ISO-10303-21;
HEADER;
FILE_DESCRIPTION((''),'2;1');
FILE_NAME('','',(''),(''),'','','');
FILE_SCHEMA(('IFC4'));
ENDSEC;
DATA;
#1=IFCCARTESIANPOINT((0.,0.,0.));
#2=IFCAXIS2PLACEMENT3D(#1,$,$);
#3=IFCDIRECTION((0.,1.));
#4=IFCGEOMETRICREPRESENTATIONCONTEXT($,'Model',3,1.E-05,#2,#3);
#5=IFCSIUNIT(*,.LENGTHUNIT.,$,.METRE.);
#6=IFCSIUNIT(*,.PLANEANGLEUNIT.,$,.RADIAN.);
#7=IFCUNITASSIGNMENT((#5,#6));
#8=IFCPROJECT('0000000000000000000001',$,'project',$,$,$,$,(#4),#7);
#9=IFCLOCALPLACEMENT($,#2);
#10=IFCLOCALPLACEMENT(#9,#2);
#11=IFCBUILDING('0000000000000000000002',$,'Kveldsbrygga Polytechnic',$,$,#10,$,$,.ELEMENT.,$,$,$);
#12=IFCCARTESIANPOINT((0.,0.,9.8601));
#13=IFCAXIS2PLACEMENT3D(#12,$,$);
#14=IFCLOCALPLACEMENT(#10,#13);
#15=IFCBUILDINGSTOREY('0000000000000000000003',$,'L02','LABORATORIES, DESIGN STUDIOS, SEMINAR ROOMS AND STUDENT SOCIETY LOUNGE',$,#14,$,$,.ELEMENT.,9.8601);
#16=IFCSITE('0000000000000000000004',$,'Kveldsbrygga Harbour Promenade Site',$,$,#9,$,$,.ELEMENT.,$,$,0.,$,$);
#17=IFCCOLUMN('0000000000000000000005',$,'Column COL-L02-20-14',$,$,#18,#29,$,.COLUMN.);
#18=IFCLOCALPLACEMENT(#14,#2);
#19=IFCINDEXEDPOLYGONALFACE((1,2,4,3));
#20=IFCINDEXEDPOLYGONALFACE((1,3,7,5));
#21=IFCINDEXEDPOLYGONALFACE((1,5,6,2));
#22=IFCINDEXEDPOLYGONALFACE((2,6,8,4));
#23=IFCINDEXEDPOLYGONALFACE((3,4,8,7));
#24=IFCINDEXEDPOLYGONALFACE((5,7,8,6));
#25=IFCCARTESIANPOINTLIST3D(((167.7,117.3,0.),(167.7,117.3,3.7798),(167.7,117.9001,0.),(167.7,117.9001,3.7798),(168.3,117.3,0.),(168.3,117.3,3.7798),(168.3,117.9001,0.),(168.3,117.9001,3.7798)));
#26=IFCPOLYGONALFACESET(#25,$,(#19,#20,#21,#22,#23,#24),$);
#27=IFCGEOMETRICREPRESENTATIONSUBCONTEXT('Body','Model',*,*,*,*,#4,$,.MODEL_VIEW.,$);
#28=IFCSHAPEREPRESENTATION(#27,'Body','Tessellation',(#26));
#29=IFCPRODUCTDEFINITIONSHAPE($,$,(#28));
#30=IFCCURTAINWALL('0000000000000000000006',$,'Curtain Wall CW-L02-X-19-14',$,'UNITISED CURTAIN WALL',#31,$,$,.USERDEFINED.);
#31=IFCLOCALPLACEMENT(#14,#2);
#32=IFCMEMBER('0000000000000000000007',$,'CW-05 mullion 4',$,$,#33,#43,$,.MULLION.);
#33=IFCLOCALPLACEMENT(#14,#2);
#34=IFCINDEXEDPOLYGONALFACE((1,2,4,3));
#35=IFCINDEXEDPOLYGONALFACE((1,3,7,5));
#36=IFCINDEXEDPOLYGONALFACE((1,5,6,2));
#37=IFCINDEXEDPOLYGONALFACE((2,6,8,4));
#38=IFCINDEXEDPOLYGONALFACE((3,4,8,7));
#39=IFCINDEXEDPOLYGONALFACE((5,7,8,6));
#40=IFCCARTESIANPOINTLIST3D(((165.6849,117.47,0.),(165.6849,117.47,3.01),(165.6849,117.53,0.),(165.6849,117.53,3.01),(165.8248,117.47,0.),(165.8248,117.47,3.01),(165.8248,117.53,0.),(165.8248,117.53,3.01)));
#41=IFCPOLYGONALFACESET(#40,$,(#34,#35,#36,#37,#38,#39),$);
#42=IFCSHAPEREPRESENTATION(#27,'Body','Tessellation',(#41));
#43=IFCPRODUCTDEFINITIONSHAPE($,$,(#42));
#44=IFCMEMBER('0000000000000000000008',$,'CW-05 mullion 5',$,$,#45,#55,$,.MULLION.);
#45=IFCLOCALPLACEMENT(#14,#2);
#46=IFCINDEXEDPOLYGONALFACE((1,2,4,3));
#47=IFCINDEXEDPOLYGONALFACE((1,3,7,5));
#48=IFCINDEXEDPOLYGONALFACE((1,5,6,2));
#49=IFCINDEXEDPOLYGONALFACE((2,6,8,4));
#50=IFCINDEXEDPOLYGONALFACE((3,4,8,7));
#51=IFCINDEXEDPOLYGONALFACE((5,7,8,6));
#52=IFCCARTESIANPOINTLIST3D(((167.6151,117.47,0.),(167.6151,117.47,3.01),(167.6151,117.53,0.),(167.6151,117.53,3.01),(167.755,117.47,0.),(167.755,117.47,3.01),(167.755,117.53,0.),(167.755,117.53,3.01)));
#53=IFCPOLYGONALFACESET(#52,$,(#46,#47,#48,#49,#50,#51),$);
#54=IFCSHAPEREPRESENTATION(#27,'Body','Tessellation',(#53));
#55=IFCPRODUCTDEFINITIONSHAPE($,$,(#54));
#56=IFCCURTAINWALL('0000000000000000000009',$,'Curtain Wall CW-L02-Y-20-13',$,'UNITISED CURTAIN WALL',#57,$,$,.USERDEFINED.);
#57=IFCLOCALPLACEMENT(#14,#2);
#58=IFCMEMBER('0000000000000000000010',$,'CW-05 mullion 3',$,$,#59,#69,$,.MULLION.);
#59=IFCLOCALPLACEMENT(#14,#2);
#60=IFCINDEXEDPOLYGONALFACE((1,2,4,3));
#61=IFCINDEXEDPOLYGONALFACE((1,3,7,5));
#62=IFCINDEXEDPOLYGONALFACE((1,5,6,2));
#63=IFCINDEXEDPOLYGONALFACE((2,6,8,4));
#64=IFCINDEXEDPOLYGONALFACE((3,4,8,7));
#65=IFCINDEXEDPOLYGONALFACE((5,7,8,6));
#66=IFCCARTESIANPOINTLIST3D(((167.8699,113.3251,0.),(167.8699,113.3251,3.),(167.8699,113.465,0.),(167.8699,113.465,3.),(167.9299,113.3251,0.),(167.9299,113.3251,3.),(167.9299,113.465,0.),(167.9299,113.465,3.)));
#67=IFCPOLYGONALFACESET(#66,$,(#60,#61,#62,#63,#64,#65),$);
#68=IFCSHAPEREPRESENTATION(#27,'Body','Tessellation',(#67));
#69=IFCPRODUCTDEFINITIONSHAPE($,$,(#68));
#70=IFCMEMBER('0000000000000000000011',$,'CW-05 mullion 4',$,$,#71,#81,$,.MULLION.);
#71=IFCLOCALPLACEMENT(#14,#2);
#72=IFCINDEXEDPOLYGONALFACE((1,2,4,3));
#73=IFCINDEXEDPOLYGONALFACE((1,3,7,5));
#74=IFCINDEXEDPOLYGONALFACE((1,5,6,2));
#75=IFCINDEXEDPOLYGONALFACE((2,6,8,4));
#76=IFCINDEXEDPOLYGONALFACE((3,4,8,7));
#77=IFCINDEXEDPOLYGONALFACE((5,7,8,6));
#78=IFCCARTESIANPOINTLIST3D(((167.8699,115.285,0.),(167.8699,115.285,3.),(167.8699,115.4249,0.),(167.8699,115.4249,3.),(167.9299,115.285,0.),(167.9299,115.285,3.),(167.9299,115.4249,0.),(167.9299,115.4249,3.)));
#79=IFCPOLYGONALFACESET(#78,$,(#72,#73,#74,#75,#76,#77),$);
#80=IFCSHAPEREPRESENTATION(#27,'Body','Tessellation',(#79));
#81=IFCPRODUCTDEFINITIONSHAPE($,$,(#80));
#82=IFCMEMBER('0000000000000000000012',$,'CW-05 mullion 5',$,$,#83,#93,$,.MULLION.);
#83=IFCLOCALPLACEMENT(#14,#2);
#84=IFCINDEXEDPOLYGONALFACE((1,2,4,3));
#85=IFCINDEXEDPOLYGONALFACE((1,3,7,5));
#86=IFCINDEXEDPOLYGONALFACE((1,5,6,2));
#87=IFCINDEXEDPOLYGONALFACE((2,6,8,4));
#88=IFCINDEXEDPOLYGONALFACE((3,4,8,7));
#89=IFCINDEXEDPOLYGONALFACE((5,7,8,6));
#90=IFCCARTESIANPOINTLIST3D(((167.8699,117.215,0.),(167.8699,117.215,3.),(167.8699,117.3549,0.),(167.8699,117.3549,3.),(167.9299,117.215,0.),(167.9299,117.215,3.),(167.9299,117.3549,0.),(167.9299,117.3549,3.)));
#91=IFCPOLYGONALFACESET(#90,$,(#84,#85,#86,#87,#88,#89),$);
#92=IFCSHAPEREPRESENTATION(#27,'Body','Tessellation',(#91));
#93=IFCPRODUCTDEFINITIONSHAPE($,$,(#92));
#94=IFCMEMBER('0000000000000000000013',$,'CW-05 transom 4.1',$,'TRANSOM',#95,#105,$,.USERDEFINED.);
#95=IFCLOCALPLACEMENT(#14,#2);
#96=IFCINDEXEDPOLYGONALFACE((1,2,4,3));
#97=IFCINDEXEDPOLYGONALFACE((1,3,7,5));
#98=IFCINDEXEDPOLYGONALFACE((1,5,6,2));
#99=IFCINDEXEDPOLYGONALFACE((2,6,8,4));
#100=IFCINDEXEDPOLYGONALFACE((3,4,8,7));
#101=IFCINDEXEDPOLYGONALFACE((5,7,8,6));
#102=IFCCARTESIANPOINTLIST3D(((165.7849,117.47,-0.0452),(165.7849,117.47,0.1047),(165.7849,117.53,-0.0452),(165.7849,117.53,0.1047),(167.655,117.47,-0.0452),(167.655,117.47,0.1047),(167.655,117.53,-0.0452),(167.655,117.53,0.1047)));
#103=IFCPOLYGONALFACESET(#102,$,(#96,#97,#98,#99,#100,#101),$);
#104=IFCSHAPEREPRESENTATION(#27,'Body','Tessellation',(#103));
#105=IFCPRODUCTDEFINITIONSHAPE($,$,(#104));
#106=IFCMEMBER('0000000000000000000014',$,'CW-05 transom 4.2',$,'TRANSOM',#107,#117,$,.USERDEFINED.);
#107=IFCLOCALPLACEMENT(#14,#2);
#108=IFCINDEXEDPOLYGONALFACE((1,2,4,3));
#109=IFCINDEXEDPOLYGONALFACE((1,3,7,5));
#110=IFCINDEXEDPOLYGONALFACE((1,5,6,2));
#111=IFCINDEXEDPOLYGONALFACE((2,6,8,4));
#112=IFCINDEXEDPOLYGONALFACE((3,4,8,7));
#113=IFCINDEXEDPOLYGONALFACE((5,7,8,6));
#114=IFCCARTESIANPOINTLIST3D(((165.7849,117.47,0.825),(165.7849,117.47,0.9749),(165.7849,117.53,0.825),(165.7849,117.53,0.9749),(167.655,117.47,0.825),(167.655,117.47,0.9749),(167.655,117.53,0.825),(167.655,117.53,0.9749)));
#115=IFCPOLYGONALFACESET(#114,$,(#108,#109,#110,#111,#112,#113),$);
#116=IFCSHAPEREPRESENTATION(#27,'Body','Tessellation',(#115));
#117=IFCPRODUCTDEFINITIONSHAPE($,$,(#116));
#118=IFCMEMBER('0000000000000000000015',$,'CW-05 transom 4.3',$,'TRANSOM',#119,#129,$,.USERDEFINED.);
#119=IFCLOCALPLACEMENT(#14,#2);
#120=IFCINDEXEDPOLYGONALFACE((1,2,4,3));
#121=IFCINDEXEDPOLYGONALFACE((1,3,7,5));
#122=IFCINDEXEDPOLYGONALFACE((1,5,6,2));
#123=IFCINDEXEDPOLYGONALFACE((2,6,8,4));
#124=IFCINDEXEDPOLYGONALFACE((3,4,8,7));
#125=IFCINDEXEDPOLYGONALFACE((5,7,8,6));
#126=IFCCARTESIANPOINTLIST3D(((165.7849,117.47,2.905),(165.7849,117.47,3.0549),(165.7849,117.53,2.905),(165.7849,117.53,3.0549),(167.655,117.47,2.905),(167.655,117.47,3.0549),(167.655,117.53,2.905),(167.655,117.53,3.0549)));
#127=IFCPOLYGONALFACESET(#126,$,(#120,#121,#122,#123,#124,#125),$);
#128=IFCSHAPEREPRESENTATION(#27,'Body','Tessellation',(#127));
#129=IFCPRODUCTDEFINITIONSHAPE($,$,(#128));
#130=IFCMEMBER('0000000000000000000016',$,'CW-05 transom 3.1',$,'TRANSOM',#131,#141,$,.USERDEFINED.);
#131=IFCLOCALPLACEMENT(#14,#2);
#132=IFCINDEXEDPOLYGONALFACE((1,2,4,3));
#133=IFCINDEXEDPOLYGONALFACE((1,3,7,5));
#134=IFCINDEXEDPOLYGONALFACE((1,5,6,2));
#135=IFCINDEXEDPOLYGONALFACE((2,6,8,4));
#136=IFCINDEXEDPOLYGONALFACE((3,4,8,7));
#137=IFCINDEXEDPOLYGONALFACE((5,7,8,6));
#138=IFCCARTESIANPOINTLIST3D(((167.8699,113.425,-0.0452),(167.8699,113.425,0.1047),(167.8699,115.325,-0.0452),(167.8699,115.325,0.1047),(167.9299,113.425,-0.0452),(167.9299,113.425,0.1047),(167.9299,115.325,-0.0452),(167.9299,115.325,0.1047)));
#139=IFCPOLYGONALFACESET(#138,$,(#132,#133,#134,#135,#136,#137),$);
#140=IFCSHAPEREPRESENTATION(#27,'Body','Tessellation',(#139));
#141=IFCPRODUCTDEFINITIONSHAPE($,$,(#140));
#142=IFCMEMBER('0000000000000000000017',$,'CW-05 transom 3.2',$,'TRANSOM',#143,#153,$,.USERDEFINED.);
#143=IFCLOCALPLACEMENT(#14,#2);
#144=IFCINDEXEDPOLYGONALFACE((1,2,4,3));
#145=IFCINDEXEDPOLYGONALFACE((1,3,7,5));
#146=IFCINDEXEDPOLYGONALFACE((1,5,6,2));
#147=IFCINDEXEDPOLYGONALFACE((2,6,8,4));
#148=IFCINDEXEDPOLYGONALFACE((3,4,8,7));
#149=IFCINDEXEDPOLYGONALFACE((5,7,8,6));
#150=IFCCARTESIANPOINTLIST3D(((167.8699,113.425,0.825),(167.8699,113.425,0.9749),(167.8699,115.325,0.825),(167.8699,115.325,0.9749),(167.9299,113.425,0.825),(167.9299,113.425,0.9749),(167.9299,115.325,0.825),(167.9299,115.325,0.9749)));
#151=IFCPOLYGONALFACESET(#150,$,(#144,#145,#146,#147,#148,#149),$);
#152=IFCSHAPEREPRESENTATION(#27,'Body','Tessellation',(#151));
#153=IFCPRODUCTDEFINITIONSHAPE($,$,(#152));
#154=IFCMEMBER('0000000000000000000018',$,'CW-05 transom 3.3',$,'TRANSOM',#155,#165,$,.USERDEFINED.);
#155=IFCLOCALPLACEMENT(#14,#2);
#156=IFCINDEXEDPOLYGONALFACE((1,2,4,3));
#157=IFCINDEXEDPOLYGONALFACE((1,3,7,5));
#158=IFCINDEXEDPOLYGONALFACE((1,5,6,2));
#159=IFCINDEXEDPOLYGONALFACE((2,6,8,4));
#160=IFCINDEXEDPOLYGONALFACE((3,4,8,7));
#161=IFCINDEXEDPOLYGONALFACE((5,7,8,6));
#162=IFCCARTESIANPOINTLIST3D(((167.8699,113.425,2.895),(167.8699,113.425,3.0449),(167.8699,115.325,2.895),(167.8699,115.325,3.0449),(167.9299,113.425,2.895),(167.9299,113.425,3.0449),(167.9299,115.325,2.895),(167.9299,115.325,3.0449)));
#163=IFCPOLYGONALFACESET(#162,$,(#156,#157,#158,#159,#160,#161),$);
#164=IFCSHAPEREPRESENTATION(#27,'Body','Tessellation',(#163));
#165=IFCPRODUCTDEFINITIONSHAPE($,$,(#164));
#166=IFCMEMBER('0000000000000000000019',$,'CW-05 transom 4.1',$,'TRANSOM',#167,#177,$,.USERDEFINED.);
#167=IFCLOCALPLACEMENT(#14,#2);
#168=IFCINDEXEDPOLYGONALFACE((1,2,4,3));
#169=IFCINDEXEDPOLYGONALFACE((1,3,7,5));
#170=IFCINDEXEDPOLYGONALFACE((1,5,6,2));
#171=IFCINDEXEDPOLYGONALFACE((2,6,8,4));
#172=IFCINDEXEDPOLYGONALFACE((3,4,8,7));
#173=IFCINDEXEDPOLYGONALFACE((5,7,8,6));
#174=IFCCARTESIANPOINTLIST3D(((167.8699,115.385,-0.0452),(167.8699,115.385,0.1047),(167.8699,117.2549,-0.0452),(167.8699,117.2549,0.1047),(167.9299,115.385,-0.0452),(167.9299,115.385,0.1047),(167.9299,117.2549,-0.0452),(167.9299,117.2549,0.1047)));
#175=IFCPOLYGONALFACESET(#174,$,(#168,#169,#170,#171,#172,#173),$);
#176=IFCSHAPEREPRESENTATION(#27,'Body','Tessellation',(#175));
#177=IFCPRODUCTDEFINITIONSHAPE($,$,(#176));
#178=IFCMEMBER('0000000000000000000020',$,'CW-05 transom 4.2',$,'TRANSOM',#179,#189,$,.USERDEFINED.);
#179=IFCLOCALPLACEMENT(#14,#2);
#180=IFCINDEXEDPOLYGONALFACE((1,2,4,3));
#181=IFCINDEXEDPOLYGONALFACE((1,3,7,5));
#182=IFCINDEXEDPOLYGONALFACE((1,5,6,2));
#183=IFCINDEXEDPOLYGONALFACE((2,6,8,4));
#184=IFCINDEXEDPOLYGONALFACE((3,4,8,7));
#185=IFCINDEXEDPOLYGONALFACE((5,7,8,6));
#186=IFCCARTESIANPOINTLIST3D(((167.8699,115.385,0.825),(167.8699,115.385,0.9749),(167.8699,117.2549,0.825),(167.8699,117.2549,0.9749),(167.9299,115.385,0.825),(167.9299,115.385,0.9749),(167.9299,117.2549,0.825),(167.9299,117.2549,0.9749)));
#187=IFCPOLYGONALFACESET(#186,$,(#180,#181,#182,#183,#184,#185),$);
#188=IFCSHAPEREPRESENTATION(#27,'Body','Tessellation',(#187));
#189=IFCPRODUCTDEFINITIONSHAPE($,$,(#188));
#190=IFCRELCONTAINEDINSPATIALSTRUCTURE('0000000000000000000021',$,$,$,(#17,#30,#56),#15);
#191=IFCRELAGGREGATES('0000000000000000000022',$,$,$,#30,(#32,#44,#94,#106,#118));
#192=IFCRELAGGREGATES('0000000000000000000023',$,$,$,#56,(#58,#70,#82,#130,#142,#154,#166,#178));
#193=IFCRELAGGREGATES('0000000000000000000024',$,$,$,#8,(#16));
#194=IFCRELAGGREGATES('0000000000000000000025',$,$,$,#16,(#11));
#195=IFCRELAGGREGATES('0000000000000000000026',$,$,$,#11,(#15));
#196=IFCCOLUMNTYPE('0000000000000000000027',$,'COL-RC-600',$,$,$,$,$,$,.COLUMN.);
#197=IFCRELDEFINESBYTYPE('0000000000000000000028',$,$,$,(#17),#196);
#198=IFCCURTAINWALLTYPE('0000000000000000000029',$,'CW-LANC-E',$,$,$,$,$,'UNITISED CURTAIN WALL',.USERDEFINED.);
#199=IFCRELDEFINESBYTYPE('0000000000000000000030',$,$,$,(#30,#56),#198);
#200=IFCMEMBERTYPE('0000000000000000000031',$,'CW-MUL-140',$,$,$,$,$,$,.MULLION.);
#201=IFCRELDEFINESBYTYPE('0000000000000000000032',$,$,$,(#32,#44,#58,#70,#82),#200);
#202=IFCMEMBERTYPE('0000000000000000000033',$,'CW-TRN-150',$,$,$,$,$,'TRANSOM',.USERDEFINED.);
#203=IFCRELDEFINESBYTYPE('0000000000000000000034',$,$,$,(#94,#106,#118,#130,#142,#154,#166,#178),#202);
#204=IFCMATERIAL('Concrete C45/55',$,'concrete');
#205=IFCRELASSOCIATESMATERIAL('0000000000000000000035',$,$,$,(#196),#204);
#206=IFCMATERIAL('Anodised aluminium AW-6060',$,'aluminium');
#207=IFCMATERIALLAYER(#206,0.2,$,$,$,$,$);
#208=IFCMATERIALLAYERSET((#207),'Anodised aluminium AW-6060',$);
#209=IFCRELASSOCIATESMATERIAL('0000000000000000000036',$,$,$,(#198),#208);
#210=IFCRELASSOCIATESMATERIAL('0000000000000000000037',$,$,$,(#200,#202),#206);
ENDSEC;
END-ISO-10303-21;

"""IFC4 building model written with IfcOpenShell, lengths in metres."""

from ifc_helpers import new_model, si_unit, direction, frame, origin, origin_2d, place, context, subcontext, project, spatial, rectangle, extrude, material, layer, layer_set, material_profile, profile_set, type_object, element, aggregate, save


model = new_model("IFC4")

# Units and contexts
model_context = context("Model", 3, precision=1e-05, world=origin(), true_north=direction((0.0, 1.0)))
body_context = subcontext(model_context, "Body", "Model", "MODEL_VIEW")
ifc_project = project(units=[si_unit("LENGTHUNIT", "METRE"), si_unit("PLANEANGLEUNIT", "RADIAN")], contexts=[model_context])

# Site, building, storey
site_placement = place(None, origin())
site = spatial("IfcSite", under=ifc_project, at=site_placement, Name="Kveldsbrygga Harbour Promenade Site", CompositionType="ELEMENT", RefElevation=0.0)
building_placement = place(site_placement, origin())
building = spatial("IfcBuilding", under=site, at=building_placement, Name="Kveldsbrygga Polytechnic", CompositionType="ELEMENT")
storey_placement = place(building_placement, frame((0.0, 0.0, 9.8601)))
storey = spatial("IfcBuildingStorey", under=building, at=storey_placement, Name="L02", Description="LABORATORIES, DESIGN STUDIOS, SEMINAR ROOMS AND STUDENT SOCIETY LOUNGE", CompositionType="ELEMENT", Elevation=9.8601)

# Column
ifc_material_1 = material(Name="Concrete C45/55", Category="concrete")
ifc_material_profile_1 = material_profile(ifc_material_1, rectangle(XDim=0.6001, YDim=0.6001, at=origin_2d()), Name="RC 600x600")
ifc_profile_set_1 = profile_set([ifc_material_profile_1], Name="Concrete C45/55")
column_type = type_object("IfcColumnType", Name="COL-RC-600", PredefinedType="COLUMN", material=ifc_profile_set_1)
column_placement = place(storey_placement, frame((168.0, 117.6001, 0.0), z_axis=(0.0, 0.0, 1.0), x_axis=(1.0, 0.0, 0.0)))
element("IfcColumn", 1, at=column_placement, inside=storey, type_object=column_type, Name="Column COL-L02-20-14", PredefinedType="COLUMN", context=body_context, shape_type="SweptSolid", body=[
    extrude(rectangle(XDim=0.6001, YDim=0.6001, at=origin_2d()), origin(), (0.0, 0.0, 1.0), 3.7798),
])

# Curtain walls, members
ifc_material_2 = material(Name="Anodised aluminium AW-6060", Category="aluminium")
ifc_layer_1 = layer(ifc_material_2, 0.2)
ifc_layer_set_1 = layer_set([ifc_layer_1], Name="Anodised aluminium AW-6060")
curtain_wall_type = type_object("IfcCurtainWallType", Name="CW-LANC-E", ElementType="UNITISED CURTAIN WALL", PredefinedType="USERDEFINED", material=ifc_layer_set_1)
curtain_wall_1_placement = place(storey_placement, origin())
curtain_wall_1 = element("IfcCurtainWall", 2, at=curtain_wall_1_placement, inside=storey, type_object=curtain_wall_type, Name="Curtain Wall CW-L02-X-19-14", ObjectType="UNITISED CURTAIN WALL", PredefinedType="USERDEFINED")
ifc_material_profile_2 = material_profile(ifc_material_2, rectangle(XDim=0.0601, YDim=0.1399, at=origin_2d()), Name="ALU 60x140")
ifc_profile_set_2 = profile_set([ifc_material_profile_2], Name="Anodised aluminium AW-6060")
member_type_1 = type_object("IfcMemberType", Name="CW-MUL-140", PredefinedType="MULLION", material=ifc_profile_set_2)
member_1_placement = place(storey_placement, frame((165.7549, 117.5, 0.0), z_axis=(0.0, 0.0, 1.0), x_axis=(0.0, 1.0, 0.0)))
member_1 = element("IfcMember", 3, at=member_1_placement, type_object=member_type_1, Name="CW-05 mullion 4", PredefinedType="MULLION", context=body_context, shape_type="SweptSolid", body=[
    extrude(rectangle(XDim=0.0601, YDim=0.1399, at=origin_2d()), origin(), (0.0, 0.0, 1.0), 3.01),
])
member_2_placement = place(storey_placement, frame((167.6851, 117.5, 0.0), z_axis=(0.0, 0.0, 1.0), x_axis=(0.0, 1.0, 0.0)))
member_2 = element("IfcMember", 4, at=member_2_placement, type_object=member_type_1, Name="CW-05 mullion 5", PredefinedType="MULLION", context=body_context, shape_type="SweptSolid", body=[
    extrude(rectangle(XDim=0.0601, YDim=0.1399, at=origin_2d()), origin(), (0.0, 0.0, 1.0), 3.01),
])
curtain_wall_2_placement = place(storey_placement, origin())
curtain_wall_2 = element("IfcCurtainWall", 5, at=curtain_wall_2_placement, inside=storey, type_object=curtain_wall_type, Name="Curtain Wall CW-L02-Y-20-13", ObjectType="UNITISED CURTAIN WALL", PredefinedType="USERDEFINED")
member_3_placement = place(storey_placement, frame((167.8999, 113.395, 0.0), z_axis=(0.0, 0.0, 1.0), x_axis=(-1.0, 0.0, 0.0)))
member_3 = element("IfcMember", 6, at=member_3_placement, type_object=member_type_1, Name="CW-05 mullion 3", PredefinedType="MULLION", context=body_context, shape_type="SweptSolid", body=[
    extrude(rectangle(XDim=0.0601, YDim=0.1399, at=origin_2d()), origin(), (0.0, 0.0, 1.0), 3.0),
])
member_4_placement = place(storey_placement, frame((167.8999, 115.355, 0.0), z_axis=(0.0, 0.0, 1.0), x_axis=(-1.0, 0.0, 0.0)))
member_4 = element("IfcMember", 7, at=member_4_placement, type_object=member_type_1, Name="CW-05 mullion 4", PredefinedType="MULLION", context=body_context, shape_type="SweptSolid", body=[
    extrude(rectangle(XDim=0.0601, YDim=0.1399, at=origin_2d()), origin(), (0.0, 0.0, 1.0), 3.0),
])
member_5_placement = place(storey_placement, frame((167.8999, 117.2849, 0.0), z_axis=(0.0, 0.0, 1.0), x_axis=(-1.0, 0.0, 0.0)))
member_5 = element("IfcMember", 8, at=member_5_placement, type_object=member_type_1, Name="CW-05 mullion 5", PredefinedType="MULLION", context=body_context, shape_type="SweptSolid", body=[
    extrude(rectangle(XDim=0.0601, YDim=0.1399, at=origin_2d()), origin(), (0.0, 0.0, 1.0), 3.0),
])

# Members
ifc_material_profile_3 = material_profile(ifc_material_2, rectangle(XDim=0.0601, YDim=0.1499, at=origin_2d()), Name="ALU 60x150")
ifc_profile_set_3 = profile_set([ifc_material_profile_3], Name="Anodised aluminium AW-6060")
member_type_2 = type_object("IfcMemberType", Name="CW-TRN-150", ElementType="TRANSOM", PredefinedType="USERDEFINED", material=ifc_profile_set_3)
member_6_placement = place(storey_placement, frame((165.7849, 117.5, 0.0298), z_axis=(1.0, 0.0, 0.0), x_axis=(0.0, 1.0, 0.0)))
member_6 = element("IfcMember", 9, at=member_6_placement, type_object=member_type_2, Name="CW-05 transom 4.1", ObjectType="TRANSOM", PredefinedType="USERDEFINED", context=body_context, shape_type="SweptSolid", body=[
    extrude(rectangle(XDim=0.0601, YDim=0.1499, at=origin_2d()), origin(), (0.0, 0.0, 1.0), 1.8701),
])
member_7_placement = place(storey_placement, frame((165.7849, 117.5, 0.8999), z_axis=(1.0, 0.0, 0.0), x_axis=(0.0, 1.0, 0.0)))
member_7 = element("IfcMember", 10, at=member_7_placement, type_object=member_type_2, Name="CW-05 transom 4.2", ObjectType="TRANSOM", PredefinedType="USERDEFINED", context=body_context, shape_type="SweptSolid", body=[
    extrude(rectangle(XDim=0.0601, YDim=0.1499, at=origin_2d()), origin(), (0.0, 0.0, 1.0), 1.8701),
])
member_8_placement = place(storey_placement, frame((165.7849, 117.5, 2.98), z_axis=(1.0, 0.0, 0.0), x_axis=(0.0, 1.0, 0.0)))
member_8 = element("IfcMember", 11, at=member_8_placement, type_object=member_type_2, Name="CW-05 transom 4.3", ObjectType="TRANSOM", PredefinedType="USERDEFINED", context=body_context, shape_type="SweptSolid", body=[
    extrude(rectangle(XDim=0.0601, YDim=0.1499, at=origin_2d()), origin(), (0.0, 0.0, 1.0), 1.8701),
])
member_9_placement = place(storey_placement, frame((167.8999, 113.425, 0.0298), z_axis=(0.0, 1.0, 0.0), x_axis=(-1.0, 0.0, 0.0)))
member_9 = element("IfcMember", 12, at=member_9_placement, type_object=member_type_2, Name="CW-05 transom 3.1", ObjectType="TRANSOM", PredefinedType="USERDEFINED", context=body_context, shape_type="SweptSolid", body=[
    extrude(rectangle(XDim=0.0601, YDim=0.1499, at=origin_2d()), origin(), (0.0, 0.0, 1.0), 1.8999),
])
member_10_placement = place(storey_placement, frame((167.8999, 113.425, 0.8999), z_axis=(0.0, 1.0, 0.0), x_axis=(-1.0, 0.0, 0.0)))
member_10 = element("IfcMember", 13, at=member_10_placement, type_object=member_type_2, Name="CW-05 transom 3.2", ObjectType="TRANSOM", PredefinedType="USERDEFINED", context=body_context, shape_type="SweptSolid", body=[
    extrude(rectangle(XDim=0.0601, YDim=0.1499, at=origin_2d()), origin(), (0.0, 0.0, 1.0), 1.8999),
])
member_11_placement = place(storey_placement, frame((167.8999, 113.425, 2.97), z_axis=(0.0, 1.0, 0.0), x_axis=(-1.0, 0.0, 0.0)))
member_11 = element("IfcMember", 14, at=member_11_placement, type_object=member_type_2, Name="CW-05 transom 3.3", ObjectType="TRANSOM", PredefinedType="USERDEFINED", context=body_context, shape_type="SweptSolid", body=[
    extrude(rectangle(XDim=0.0601, YDim=0.1499, at=origin_2d()), origin(), (0.0, 0.0, 1.0), 1.8999),
])
member_12_placement = place(storey_placement, frame((167.8999, 115.385, 0.0298), z_axis=(0.0, 1.0, 0.0), x_axis=(-1.0, 0.0, 0.0)))
member_12 = element("IfcMember", 15, at=member_12_placement, type_object=member_type_2, Name="CW-05 transom 4.1", ObjectType="TRANSOM", PredefinedType="USERDEFINED", context=body_context, shape_type="SweptSolid", body=[
    extrude(rectangle(XDim=0.0601, YDim=0.1499, at=origin_2d()), origin(), (0.0, 0.0, 1.0), 1.8699),
])
member_13_placement = place(storey_placement, frame((167.8999, 115.385, 0.8999), z_axis=(0.0, 1.0, 0.0), x_axis=(-1.0, 0.0, 0.0)))
member_13 = element("IfcMember", 16, at=member_13_placement, type_object=member_type_2, Name="CW-05 transom 4.2", ObjectType="TRANSOM", PredefinedType="USERDEFINED", context=body_context, shape_type="SweptSolid", body=[
    extrude(rectangle(XDim=0.0601, YDim=0.1499, at=origin_2d()), origin(), (0.0, 0.0, 1.0), 1.8699),
])

aggregate(curtain_wall_1, [member_1, member_2, member_6, member_7, member_8])
aggregate(curtain_wall_2, [member_3, member_4, member_5, member_9, member_10, member_11, member_12, member_13])

save(model, "model.ifc")
